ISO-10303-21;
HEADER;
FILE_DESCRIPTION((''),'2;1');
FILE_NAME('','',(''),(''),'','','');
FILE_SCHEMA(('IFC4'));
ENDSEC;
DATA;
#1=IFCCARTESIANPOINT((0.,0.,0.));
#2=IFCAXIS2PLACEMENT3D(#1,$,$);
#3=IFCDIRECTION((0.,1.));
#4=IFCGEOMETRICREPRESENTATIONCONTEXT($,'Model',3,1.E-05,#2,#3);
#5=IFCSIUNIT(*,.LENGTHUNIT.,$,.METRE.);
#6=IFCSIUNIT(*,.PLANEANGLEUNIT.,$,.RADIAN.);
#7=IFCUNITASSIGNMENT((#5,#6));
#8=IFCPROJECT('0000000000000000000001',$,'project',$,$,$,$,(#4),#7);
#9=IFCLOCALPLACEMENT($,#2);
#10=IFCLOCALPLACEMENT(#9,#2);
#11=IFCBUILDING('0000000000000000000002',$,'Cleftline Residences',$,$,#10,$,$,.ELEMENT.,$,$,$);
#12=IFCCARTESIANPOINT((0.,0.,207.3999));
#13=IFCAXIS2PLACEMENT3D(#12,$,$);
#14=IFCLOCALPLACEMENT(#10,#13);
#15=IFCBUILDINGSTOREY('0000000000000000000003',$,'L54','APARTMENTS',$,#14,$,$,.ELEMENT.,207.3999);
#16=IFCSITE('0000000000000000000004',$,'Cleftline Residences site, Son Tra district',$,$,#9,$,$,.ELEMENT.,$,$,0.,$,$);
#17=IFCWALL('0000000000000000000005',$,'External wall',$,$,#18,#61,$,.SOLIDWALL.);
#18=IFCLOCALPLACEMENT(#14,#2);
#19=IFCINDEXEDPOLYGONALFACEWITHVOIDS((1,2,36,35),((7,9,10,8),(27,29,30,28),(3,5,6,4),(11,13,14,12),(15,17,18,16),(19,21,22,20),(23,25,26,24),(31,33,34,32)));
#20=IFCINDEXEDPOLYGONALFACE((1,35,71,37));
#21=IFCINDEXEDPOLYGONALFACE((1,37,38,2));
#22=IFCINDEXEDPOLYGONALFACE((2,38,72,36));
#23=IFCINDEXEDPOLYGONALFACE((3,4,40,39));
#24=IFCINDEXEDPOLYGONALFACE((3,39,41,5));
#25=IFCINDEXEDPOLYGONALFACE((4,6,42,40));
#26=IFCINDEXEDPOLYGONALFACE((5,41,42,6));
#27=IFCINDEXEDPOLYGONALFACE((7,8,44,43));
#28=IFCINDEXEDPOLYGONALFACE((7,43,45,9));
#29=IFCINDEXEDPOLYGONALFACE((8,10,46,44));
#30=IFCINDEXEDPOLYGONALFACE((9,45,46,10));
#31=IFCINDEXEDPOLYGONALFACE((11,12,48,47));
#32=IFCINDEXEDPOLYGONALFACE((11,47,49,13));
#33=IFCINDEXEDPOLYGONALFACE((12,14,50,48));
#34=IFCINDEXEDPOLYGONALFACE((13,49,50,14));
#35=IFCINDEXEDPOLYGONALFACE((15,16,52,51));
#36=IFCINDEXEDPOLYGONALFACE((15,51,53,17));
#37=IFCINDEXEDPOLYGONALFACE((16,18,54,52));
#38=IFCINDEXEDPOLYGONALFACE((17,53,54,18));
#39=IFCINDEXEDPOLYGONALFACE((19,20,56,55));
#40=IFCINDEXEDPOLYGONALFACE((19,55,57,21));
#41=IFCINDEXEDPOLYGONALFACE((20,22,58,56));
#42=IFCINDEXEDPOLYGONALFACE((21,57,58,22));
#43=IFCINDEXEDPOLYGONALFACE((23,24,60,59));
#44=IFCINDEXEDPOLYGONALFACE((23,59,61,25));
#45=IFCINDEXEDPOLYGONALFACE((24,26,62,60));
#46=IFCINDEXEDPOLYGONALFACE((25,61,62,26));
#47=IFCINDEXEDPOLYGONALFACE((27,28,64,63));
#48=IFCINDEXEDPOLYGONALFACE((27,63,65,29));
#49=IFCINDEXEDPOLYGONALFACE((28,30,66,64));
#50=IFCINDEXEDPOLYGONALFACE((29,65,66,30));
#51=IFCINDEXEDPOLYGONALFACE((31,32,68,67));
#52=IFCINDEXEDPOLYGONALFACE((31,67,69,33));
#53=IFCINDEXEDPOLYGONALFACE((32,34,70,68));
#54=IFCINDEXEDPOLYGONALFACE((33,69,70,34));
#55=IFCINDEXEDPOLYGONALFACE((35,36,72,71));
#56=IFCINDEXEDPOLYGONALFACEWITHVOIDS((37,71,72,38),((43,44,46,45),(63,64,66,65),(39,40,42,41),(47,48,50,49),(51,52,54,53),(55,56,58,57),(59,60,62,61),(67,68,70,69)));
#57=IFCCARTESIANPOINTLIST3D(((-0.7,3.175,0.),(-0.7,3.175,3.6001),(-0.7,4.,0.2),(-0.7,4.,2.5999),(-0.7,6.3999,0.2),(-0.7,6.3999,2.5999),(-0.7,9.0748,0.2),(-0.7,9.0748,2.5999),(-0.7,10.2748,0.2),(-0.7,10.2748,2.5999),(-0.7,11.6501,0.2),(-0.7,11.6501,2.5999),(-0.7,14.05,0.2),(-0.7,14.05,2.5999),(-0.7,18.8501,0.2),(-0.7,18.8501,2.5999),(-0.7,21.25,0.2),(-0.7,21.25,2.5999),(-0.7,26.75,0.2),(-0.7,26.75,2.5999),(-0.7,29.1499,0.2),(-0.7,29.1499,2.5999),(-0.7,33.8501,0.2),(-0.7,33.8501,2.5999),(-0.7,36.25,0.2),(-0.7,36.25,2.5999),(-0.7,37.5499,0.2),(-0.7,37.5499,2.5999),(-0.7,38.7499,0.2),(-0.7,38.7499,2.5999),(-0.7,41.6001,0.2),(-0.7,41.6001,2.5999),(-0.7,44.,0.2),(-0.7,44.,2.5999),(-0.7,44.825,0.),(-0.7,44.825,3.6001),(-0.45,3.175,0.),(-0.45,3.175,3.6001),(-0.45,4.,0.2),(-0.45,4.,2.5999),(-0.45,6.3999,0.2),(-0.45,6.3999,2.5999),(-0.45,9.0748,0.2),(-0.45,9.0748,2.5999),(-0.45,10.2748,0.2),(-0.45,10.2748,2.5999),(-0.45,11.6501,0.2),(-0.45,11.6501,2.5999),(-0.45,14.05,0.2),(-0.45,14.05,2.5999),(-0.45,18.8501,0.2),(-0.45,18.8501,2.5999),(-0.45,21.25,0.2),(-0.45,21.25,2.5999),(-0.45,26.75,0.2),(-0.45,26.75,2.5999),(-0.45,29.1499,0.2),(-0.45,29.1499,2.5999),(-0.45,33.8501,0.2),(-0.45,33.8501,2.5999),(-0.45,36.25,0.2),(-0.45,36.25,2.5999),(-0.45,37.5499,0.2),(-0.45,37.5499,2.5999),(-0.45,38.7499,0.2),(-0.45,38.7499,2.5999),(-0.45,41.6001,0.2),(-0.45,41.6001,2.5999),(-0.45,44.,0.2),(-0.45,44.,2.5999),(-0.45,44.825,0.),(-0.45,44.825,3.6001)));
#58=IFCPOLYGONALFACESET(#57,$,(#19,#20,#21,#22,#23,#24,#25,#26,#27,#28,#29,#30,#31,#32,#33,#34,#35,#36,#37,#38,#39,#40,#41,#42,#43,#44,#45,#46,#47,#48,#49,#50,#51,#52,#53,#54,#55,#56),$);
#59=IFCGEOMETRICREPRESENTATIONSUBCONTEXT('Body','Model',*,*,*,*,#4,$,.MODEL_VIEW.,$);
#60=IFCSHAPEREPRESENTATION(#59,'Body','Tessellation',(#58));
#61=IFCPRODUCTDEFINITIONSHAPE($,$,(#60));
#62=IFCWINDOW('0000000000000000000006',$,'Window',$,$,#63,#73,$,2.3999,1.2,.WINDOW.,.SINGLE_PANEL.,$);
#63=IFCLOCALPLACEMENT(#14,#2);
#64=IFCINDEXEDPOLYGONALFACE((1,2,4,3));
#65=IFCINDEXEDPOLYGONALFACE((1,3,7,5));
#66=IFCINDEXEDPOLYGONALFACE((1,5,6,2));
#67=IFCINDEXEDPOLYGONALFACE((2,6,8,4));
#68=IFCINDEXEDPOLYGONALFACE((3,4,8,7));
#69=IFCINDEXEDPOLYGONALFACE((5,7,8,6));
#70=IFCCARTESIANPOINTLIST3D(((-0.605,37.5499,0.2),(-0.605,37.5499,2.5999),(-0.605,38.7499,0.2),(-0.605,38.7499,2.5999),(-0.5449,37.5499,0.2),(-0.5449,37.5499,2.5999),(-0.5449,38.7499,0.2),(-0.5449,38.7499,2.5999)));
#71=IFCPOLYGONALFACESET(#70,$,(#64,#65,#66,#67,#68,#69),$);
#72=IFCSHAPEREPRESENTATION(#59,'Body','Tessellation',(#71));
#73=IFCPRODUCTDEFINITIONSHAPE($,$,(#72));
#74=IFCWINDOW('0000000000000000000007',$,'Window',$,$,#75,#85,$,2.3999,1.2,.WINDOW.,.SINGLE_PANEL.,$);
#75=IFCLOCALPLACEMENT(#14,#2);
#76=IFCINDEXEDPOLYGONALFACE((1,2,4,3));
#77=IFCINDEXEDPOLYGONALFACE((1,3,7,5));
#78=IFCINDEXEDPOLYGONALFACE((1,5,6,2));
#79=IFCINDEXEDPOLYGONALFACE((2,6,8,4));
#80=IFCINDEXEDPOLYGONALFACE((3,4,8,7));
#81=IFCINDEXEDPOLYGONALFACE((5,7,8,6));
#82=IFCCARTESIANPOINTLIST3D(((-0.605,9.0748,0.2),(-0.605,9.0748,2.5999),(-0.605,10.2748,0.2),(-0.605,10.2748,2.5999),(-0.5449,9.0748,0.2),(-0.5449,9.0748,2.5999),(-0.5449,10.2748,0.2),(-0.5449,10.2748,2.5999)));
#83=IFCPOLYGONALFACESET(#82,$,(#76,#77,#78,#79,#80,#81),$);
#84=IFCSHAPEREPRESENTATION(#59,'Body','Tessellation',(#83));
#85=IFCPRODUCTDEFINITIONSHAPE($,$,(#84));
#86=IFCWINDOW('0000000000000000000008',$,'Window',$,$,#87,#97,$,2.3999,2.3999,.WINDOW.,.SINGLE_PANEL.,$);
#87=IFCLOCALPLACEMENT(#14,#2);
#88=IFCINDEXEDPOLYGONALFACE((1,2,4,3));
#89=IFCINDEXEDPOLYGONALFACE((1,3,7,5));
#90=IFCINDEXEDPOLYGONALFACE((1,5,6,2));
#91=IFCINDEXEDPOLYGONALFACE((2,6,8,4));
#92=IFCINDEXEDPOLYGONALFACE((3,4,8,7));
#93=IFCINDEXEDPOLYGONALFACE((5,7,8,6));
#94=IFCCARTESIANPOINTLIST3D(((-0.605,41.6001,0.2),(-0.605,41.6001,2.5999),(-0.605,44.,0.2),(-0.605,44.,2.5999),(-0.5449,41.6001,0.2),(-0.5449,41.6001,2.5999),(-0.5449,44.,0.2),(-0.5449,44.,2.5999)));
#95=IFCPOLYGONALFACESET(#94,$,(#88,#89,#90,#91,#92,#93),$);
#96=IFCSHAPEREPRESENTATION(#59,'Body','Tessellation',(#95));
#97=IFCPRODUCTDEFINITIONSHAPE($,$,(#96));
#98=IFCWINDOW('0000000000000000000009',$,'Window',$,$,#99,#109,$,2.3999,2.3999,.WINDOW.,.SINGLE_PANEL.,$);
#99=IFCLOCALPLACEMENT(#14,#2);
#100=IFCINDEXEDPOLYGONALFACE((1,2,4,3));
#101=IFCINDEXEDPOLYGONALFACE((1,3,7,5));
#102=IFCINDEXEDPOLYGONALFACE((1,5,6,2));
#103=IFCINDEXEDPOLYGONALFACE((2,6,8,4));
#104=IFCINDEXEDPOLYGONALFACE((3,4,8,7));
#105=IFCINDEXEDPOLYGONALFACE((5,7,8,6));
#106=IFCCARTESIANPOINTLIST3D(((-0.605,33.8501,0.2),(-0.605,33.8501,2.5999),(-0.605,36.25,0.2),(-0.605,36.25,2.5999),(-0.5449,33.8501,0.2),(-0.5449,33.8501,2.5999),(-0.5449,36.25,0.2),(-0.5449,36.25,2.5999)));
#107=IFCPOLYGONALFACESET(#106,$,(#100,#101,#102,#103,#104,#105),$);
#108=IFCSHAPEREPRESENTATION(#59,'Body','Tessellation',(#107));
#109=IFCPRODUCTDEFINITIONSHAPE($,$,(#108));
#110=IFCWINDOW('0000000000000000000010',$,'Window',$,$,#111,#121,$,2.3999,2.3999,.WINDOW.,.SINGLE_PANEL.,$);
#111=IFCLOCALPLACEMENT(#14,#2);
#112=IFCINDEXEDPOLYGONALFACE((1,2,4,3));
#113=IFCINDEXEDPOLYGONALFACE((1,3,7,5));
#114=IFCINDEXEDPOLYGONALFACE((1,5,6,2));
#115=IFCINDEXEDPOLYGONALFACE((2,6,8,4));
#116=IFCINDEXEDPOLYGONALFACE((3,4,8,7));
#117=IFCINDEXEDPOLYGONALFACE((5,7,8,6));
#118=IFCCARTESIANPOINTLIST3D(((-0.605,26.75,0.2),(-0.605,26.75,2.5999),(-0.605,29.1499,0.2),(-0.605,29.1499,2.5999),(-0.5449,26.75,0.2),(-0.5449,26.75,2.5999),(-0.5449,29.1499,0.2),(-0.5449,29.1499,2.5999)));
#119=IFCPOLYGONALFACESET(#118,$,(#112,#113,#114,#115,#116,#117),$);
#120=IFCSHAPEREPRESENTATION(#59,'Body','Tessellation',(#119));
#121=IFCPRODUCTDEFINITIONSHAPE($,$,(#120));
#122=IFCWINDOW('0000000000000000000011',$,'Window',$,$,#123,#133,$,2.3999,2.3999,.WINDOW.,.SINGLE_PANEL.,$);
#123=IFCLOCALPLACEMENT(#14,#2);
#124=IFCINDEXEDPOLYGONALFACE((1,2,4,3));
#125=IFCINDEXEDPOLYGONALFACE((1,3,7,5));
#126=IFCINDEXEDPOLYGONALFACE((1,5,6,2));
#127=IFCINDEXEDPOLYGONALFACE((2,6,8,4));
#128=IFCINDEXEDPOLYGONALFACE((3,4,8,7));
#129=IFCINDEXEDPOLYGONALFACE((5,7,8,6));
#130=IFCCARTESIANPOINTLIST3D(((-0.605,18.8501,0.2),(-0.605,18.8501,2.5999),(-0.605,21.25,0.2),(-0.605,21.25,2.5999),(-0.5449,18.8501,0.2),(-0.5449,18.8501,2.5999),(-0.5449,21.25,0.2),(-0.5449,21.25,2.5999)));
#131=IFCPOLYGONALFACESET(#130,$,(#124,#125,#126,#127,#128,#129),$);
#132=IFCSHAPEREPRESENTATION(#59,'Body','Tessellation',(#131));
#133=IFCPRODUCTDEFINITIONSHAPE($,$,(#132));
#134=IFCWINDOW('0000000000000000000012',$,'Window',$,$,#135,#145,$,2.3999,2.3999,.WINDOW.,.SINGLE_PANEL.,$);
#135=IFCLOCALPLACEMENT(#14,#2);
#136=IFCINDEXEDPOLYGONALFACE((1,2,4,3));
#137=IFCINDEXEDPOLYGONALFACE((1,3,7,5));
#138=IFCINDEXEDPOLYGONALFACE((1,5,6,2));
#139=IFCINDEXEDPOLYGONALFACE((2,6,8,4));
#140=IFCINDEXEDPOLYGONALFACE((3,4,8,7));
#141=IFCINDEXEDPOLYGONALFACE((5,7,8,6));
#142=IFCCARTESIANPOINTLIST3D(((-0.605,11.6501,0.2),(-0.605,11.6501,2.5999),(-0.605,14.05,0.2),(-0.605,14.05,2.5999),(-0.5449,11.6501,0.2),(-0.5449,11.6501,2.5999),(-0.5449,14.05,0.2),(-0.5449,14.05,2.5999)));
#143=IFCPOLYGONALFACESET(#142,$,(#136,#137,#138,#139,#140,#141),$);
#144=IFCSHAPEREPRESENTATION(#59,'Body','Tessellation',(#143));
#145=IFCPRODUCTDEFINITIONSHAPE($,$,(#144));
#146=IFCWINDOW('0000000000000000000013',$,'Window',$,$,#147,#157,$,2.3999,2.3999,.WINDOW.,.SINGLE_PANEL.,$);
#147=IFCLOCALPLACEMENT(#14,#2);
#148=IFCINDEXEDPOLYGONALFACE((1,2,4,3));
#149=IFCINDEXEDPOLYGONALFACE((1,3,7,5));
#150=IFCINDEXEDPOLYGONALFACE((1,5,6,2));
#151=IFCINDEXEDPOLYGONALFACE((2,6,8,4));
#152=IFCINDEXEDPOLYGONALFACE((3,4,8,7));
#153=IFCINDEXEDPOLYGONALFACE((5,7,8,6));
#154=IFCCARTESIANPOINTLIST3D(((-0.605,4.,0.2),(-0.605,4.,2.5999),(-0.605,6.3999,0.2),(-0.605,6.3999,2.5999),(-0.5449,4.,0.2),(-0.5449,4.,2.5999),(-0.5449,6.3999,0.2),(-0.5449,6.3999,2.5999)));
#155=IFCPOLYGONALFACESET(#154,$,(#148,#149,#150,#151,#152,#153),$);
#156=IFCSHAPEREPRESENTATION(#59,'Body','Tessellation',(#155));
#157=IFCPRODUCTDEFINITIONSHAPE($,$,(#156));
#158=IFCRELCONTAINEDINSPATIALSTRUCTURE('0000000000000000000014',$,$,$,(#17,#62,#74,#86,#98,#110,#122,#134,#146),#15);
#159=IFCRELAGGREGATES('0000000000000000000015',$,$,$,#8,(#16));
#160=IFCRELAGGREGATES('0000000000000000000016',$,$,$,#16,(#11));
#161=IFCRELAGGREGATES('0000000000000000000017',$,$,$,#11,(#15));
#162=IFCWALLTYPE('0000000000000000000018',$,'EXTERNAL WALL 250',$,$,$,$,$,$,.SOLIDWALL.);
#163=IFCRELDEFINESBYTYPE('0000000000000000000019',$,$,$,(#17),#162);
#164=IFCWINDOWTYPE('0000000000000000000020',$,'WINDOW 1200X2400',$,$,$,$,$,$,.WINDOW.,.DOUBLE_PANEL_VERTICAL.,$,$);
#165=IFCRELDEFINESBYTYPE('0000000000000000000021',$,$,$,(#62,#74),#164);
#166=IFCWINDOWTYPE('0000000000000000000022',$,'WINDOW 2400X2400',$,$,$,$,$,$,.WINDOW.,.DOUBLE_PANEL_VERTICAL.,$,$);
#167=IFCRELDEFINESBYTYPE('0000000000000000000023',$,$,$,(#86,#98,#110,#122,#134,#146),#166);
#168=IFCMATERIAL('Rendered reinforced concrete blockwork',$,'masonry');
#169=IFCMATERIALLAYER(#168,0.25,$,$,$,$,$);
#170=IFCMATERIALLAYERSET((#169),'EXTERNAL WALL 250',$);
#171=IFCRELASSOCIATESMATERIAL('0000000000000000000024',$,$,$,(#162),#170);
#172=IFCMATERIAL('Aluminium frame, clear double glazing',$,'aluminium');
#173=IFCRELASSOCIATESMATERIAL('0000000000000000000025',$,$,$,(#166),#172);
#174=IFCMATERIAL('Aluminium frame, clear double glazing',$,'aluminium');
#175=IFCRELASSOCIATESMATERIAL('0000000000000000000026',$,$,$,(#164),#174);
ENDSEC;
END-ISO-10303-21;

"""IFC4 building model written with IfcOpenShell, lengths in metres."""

from ifc_helpers import new_model, si_unit, direction, frame, frame_2d, origin, place, context, subcontext, project, spatial, rectangle, extrude, material, layer, layer_set, type_object, element, fill, save


model = new_model("IFC4")

# Units and contexts
model_context = context("Model", 3, precision=1e-05, world=origin(), true_north=direction((0.0, 1.0)))
body_context = subcontext(model_context, "Body", "Model", "MODEL_VIEW")
ifc_project = project(units=[si_unit("LENGTHUNIT", "METRE"), si_unit("PLANEANGLEUNIT", "RADIAN")], contexts=[model_context])

# Site, building, storey
site_placement = place(None, origin())
site = spatial("IfcSite", under=ifc_project, at=site_placement, Name="Cleftline Residences site, Son Tra district", CompositionType="ELEMENT", RefElevation=0.0)
building_placement = place(site_placement, origin())
building = spatial("IfcBuilding", under=site, at=building_placement, Name="Cleftline Residences", CompositionType="ELEMENT")
storey_placement = place(building_placement, frame((0.0, 0.0, 207.3999)))
storey = spatial("IfcBuildingStorey", under=building, at=storey_placement, Name="L54", Description="APARTMENTS", CompositionType="ELEMENT", Elevation=207.3999)

# Shared definitions
ifc_material_1 = material(Name="Rendered reinforced concrete blockwork", Category="masonry")
ifc_layer_1 = layer(ifc_material_1, 0.25)
ifc_layer_set_1 = layer_set([ifc_layer_1], Name="EXTERNAL WALL 250")
wall_type_1 = type_object("IfcWallType", Name="EXTERNAL WALL 250", PredefinedType="SOLIDWALL", material=ifc_layer_set_1)
ifc_material_2 = material(Name="Aluminium frame, clear double glazing", Category="aluminium")
window_type_1 = type_object("IfcWindowType", Name="WINDOW 2400X2400", PartitioningType="DOUBLE_PANEL_VERTICAL", PredefinedType="WINDOW", material=ifc_material_2)

# Wall, openings, windows
wall_1_placement = place(storey_placement, frame((-0.575, 44.825, 0.0), z_axis=(0.0, 0.0, 1.0), x_axis=(0.0, -1.0, 0.0)))
wall_1 = element("IfcWall", 1, at=wall_1_placement, inside=storey, type_object=wall_type_1, Name="External wall", PredefinedType="SOLIDWALL", context=body_context, shape_type="SweptSolid", body=[
    extrude(rectangle(XDim=41.6499, YDim=0.25, at=frame_2d((20.825, 0.0))), origin(), (0.0, 0.0, 1.0), 3.6001),
])
opening_1_placement = place(wall_1_placement, frame((0.825, 0.0, 0.2)))
opening_1 = element("IfcOpeningElement", 2, at=opening_1_placement, cuts=wall_1, PredefinedType="OPENING", context=body_context, shape_type="SweptSolid", body=[
    extrude(rectangle(XDim=2.3999, YDim=2.3999, at=frame_2d((1.2, 1.2))), frame((0.0, 0.135, 0.0), z_axis=(0.0, -1.0, 0.0), x_axis=(1.0, 0.0, 0.0)), (0.0, 0.0, 1.0), 0.27),
])
opening_2_placement = place(wall_1_placement, frame((6.075, 0.0, 0.2)))
opening_2 = element("IfcOpeningElement", 3, at=opening_2_placement, cuts=wall_1, PredefinedType="OPENING", context=body_context, shape_type="SweptSolid", body=[
    extrude(rectangle(XDim=1.2, YDim=2.3999, at=frame_2d((0.6001, 1.2))), frame((0.0, 0.135, 0.0), z_axis=(0.0, -1.0, 0.0), x_axis=(1.0, 0.0, 0.0)), (0.0, 0.0, 1.0), 0.27),
])
opening_3_placement = place(wall_1_placement, frame((8.575, 0.0, 0.2)))
opening_3 = element("IfcOpeningElement", 4, at=opening_3_placement, cuts=wall_1, PredefinedType="OPENING", context=body_context, shape_type="SweptSolid", body=[
    extrude(rectangle(XDim=2.3999, YDim=2.3999, at=frame_2d((1.2, 1.2))), frame((0.0, 0.135, 0.0), z_axis=(0.0, -1.0, 0.0), x_axis=(1.0, 0.0, 0.0)), (0.0, 0.0, 1.0), 0.27),
])
opening_4_placement = place(wall_1_placement, frame((15.675, 0.0, 0.2)))
opening_4 = element("IfcOpeningElement", 5, at=opening_4_placement, cuts=wall_1, PredefinedType="OPENING", context=body_context, shape_type="SweptSolid", body=[
    extrude(rectangle(XDim=2.3999, YDim=2.3999, at=frame_2d((1.2, 1.2))), frame((0.0, 0.135, 0.0), z_axis=(0.0, -1.0, 0.0), x_axis=(1.0, 0.0, 0.0)), (0.0, 0.0, 1.0), 0.27),
])
opening_5_placement = place(wall_1_placement, frame((23.575, 0.0, 0.2)))
opening_5 = element("IfcOpeningElement", 6, at=opening_5_placement, cuts=wall_1, PredefinedType="OPENING", context=body_context, shape_type="SweptSolid", body=[
    extrude(rectangle(XDim=2.3999, YDim=2.3999, at=frame_2d((1.2, 1.2))), frame((0.0, 0.135, 0.0), z_axis=(0.0, -1.0, 0.0), x_axis=(1.0, 0.0, 0.0)), (0.0, 0.0, 1.0), 0.27),
])
opening_6_placement = place(wall_1_placement, frame((30.7749, 0.0, 0.2)))
opening_6 = element("IfcOpeningElement", 7, at=opening_6_placement, cuts=wall_1, PredefinedType="OPENING", context=body_context, shape_type="SweptSolid", body=[
    extrude(rectangle(XDim=2.3999, YDim=2.3999, at=frame_2d((1.2, 1.2))), frame((0.0, 0.135, 0.0), z_axis=(0.0, -1.0, 0.0), x_axis=(1.0, 0.0, 0.0)), (0.0, 0.0, 1.0), 0.27),
])
opening_7_placement = place(wall_1_placement, frame((34.55, 0.0, 0.2)))
opening_7 = element("IfcOpeningElement", 8, at=opening_7_placement, cuts=wall_1, PredefinedType="OPENING", context=body_context, shape_type="SweptSolid", body=[
    extrude(rectangle(XDim=1.2, YDim=2.3999, at=frame_2d((0.6001, 1.2))), frame((0.0, 0.135, 0.0), z_axis=(0.0, -1.0, 0.0), x_axis=(1.0, 0.0, 0.0)), (0.0, 0.0, 1.0), 0.27),
])
opening_8_placement = place(wall_1_placement, frame((38.425, 0.0, 0.2)))
opening_8 = element("IfcOpeningElement", 9, at=opening_8_placement, cuts=wall_1, PredefinedType="OPENING", context=body_context, shape_type="SweptSolid", body=[
    extrude(rectangle(XDim=2.3999, YDim=2.3999, at=frame_2d((1.2, 1.2))), frame((0.0, 0.135, 0.0), z_axis=(0.0, -1.0, 0.0), x_axis=(1.0, 0.0, 0.0)), (0.0, 0.0, 1.0), 0.27),
])
ifc_material_3 = material(Name="Aluminium frame, clear double glazing", Category="aluminium")
window_type_2 = type_object("IfcWindowType", Name="WINDOW 1200X2400", PartitioningType="DOUBLE_PANEL_VERTICAL", PredefinedType="WINDOW", material=ifc_material_3)
window_1_placement = place(opening_2_placement, origin())
window_1 = element("IfcWindow", 10, at=window_1_placement, inside=storey, type_object=window_type_2, Name="Window", OverallHeight=2.3999, OverallWidth=1.2, PartitioningType="SINGLE_PANEL", PredefinedType="WINDOW", context=body_context, shape_type="SweptSolid", body=[
    extrude(rectangle(XDim=1.2, YDim=2.3999, at=frame_2d((0.6001, 1.2))), frame((0.0, 0.03, 0.0), z_axis=(0.0, -1.0, 0.0), x_axis=(1.0, 0.0, 0.0)), (0.0, 0.0, 1.0), 0.0601),
])
fill(opening_2, window_1)
window_2_placement = place(opening_7_placement, origin())
window_2 = element("IfcWindow", 11, at=window_2_placement, inside=storey, type_object=window_type_2, Name="Window", OverallHeight=2.3999, OverallWidth=1.2, PartitioningType="SINGLE_PANEL", PredefinedType="WINDOW", context=body_context, shape_type="SweptSolid", body=[
    extrude(rectangle(XDim=1.2, YDim=2.3999, at=frame_2d((0.6001, 1.2))), frame((0.0, 0.03, 0.0), z_axis=(0.0, -1.0, 0.0), x_axis=(1.0, 0.0, 0.0)), (0.0, 0.0, 1.0), 0.0601),
])
fill(opening_7, window_2)
window_3_placement = place(opening_1_placement, origin())
window_3 = element("IfcWindow", 12, at=window_3_placement, inside=storey, type_object=window_type_1, Name="Window", OverallHeight=2.3999, OverallWidth=2.3999, PartitioningType="SINGLE_PANEL", PredefinedType="WINDOW", context=body_context, shape_type="SweptSolid", body=[
    extrude(rectangle(XDim=2.3999, YDim=2.3999, at=frame_2d((1.2, 1.2))), frame((0.0, 0.03, 0.0), z_axis=(0.0, -1.0, 0.0), x_axis=(1.0, 0.0, 0.0)), (0.0, 0.0, 1.0), 0.0601),
])
fill(opening_1, window_3)
window_4_placement = place(opening_3_placement, origin())
window_4 = element("IfcWindow", 13, at=window_4_placement, inside=storey, type_object=window_type_1, Name="Window", OverallHeight=2.3999, OverallWidth=2.3999, PartitioningType="SINGLE_PANEL", PredefinedType="WINDOW", context=body_context, shape_type="SweptSolid", body=[
    extrude(rectangle(XDim=2.3999, YDim=2.3999, at=frame_2d((1.2, 1.2))), frame((0.0, 0.03, 0.0), z_axis=(0.0, -1.0, 0.0), x_axis=(1.0, 0.0, 0.0)), (0.0, 0.0, 1.0), 0.0601),
])
fill(opening_3, window_4)
window_5_placement = place(opening_4_placement, origin())
window_5 = element("IfcWindow", 14, at=window_5_placement, inside=storey, type_object=window_type_1, Name="Window", OverallHeight=2.3999, OverallWidth=2.3999, PartitioningType="SINGLE_PANEL", PredefinedType="WINDOW", context=body_context, shape_type="SweptSolid", body=[
    extrude(rectangle(XDim=2.3999, YDim=2.3999, at=frame_2d((1.2, 1.2))), frame((0.0, 0.03, 0.0), z_axis=(0.0, -1.0, 0.0), x_axis=(1.0, 0.0, 0.0)), (0.0, 0.0, 1.0), 0.0601),
])
fill(opening_4, window_5)
window_6_placement = place(opening_5_placement, origin())
window_6 = element("IfcWindow", 15, at=window_6_placement, inside=storey, type_object=window_type_1, Name="Window", OverallHeight=2.3999, OverallWidth=2.3999, PartitioningType="SINGLE_PANEL", PredefinedType="WINDOW", context=body_context, shape_type="SweptSolid", body=[
    extrude(rectangle(XDim=2.3999, YDim=2.3999, at=frame_2d((1.2, 1.2))), frame((0.0, 0.03, 0.0), z_axis=(0.0, -1.0, 0.0), x_axis=(1.0, 0.0, 0.0)), (0.0, 0.0, 1.0), 0.0601),
])
fill(opening_5, window_6)
window_7_placement = place(opening_6_placement, origin())
window_7 = element("IfcWindow", 16, at=window_7_placement, inside=storey, type_object=window_type_1, Name="Window", OverallHeight=2.3999, OverallWidth=2.3999, PartitioningType="SINGLE_PANEL", PredefinedType="WINDOW", context=body_context, shape_type="SweptSolid", body=[
    extrude(rectangle(XDim=2.3999, YDim=2.3999, at=frame_2d((1.2, 1.2))), frame((0.0, 0.03, 0.0), z_axis=(0.0, -1.0, 0.0), x_axis=(1.0, 0.0, 0.0)), (0.0, 0.0, 1.0), 0.0601),
])
fill(opening_6, window_7)
window_8_placement = place(opening_8_placement, origin())
window_8 = element("IfcWindow", 17, at=window_8_placement, inside=storey, type_object=window_type_1, Name="Window", OverallHeight=2.3999, OverallWidth=2.3999, PartitioningType="SINGLE_PANEL", PredefinedType="WINDOW", context=body_context, shape_type="SweptSolid", body=[
    extrude(rectangle(XDim=2.3999, YDim=2.3999, at=frame_2d((1.2, 1.2))), frame((0.0, 0.03, 0.0), z_axis=(0.0, -1.0, 0.0), x_axis=(1.0, 0.0, 0.0)), (0.0, 0.0, 1.0), 0.0601),
])
fill(opening_8, window_8)

save(model, "model.ifc")
